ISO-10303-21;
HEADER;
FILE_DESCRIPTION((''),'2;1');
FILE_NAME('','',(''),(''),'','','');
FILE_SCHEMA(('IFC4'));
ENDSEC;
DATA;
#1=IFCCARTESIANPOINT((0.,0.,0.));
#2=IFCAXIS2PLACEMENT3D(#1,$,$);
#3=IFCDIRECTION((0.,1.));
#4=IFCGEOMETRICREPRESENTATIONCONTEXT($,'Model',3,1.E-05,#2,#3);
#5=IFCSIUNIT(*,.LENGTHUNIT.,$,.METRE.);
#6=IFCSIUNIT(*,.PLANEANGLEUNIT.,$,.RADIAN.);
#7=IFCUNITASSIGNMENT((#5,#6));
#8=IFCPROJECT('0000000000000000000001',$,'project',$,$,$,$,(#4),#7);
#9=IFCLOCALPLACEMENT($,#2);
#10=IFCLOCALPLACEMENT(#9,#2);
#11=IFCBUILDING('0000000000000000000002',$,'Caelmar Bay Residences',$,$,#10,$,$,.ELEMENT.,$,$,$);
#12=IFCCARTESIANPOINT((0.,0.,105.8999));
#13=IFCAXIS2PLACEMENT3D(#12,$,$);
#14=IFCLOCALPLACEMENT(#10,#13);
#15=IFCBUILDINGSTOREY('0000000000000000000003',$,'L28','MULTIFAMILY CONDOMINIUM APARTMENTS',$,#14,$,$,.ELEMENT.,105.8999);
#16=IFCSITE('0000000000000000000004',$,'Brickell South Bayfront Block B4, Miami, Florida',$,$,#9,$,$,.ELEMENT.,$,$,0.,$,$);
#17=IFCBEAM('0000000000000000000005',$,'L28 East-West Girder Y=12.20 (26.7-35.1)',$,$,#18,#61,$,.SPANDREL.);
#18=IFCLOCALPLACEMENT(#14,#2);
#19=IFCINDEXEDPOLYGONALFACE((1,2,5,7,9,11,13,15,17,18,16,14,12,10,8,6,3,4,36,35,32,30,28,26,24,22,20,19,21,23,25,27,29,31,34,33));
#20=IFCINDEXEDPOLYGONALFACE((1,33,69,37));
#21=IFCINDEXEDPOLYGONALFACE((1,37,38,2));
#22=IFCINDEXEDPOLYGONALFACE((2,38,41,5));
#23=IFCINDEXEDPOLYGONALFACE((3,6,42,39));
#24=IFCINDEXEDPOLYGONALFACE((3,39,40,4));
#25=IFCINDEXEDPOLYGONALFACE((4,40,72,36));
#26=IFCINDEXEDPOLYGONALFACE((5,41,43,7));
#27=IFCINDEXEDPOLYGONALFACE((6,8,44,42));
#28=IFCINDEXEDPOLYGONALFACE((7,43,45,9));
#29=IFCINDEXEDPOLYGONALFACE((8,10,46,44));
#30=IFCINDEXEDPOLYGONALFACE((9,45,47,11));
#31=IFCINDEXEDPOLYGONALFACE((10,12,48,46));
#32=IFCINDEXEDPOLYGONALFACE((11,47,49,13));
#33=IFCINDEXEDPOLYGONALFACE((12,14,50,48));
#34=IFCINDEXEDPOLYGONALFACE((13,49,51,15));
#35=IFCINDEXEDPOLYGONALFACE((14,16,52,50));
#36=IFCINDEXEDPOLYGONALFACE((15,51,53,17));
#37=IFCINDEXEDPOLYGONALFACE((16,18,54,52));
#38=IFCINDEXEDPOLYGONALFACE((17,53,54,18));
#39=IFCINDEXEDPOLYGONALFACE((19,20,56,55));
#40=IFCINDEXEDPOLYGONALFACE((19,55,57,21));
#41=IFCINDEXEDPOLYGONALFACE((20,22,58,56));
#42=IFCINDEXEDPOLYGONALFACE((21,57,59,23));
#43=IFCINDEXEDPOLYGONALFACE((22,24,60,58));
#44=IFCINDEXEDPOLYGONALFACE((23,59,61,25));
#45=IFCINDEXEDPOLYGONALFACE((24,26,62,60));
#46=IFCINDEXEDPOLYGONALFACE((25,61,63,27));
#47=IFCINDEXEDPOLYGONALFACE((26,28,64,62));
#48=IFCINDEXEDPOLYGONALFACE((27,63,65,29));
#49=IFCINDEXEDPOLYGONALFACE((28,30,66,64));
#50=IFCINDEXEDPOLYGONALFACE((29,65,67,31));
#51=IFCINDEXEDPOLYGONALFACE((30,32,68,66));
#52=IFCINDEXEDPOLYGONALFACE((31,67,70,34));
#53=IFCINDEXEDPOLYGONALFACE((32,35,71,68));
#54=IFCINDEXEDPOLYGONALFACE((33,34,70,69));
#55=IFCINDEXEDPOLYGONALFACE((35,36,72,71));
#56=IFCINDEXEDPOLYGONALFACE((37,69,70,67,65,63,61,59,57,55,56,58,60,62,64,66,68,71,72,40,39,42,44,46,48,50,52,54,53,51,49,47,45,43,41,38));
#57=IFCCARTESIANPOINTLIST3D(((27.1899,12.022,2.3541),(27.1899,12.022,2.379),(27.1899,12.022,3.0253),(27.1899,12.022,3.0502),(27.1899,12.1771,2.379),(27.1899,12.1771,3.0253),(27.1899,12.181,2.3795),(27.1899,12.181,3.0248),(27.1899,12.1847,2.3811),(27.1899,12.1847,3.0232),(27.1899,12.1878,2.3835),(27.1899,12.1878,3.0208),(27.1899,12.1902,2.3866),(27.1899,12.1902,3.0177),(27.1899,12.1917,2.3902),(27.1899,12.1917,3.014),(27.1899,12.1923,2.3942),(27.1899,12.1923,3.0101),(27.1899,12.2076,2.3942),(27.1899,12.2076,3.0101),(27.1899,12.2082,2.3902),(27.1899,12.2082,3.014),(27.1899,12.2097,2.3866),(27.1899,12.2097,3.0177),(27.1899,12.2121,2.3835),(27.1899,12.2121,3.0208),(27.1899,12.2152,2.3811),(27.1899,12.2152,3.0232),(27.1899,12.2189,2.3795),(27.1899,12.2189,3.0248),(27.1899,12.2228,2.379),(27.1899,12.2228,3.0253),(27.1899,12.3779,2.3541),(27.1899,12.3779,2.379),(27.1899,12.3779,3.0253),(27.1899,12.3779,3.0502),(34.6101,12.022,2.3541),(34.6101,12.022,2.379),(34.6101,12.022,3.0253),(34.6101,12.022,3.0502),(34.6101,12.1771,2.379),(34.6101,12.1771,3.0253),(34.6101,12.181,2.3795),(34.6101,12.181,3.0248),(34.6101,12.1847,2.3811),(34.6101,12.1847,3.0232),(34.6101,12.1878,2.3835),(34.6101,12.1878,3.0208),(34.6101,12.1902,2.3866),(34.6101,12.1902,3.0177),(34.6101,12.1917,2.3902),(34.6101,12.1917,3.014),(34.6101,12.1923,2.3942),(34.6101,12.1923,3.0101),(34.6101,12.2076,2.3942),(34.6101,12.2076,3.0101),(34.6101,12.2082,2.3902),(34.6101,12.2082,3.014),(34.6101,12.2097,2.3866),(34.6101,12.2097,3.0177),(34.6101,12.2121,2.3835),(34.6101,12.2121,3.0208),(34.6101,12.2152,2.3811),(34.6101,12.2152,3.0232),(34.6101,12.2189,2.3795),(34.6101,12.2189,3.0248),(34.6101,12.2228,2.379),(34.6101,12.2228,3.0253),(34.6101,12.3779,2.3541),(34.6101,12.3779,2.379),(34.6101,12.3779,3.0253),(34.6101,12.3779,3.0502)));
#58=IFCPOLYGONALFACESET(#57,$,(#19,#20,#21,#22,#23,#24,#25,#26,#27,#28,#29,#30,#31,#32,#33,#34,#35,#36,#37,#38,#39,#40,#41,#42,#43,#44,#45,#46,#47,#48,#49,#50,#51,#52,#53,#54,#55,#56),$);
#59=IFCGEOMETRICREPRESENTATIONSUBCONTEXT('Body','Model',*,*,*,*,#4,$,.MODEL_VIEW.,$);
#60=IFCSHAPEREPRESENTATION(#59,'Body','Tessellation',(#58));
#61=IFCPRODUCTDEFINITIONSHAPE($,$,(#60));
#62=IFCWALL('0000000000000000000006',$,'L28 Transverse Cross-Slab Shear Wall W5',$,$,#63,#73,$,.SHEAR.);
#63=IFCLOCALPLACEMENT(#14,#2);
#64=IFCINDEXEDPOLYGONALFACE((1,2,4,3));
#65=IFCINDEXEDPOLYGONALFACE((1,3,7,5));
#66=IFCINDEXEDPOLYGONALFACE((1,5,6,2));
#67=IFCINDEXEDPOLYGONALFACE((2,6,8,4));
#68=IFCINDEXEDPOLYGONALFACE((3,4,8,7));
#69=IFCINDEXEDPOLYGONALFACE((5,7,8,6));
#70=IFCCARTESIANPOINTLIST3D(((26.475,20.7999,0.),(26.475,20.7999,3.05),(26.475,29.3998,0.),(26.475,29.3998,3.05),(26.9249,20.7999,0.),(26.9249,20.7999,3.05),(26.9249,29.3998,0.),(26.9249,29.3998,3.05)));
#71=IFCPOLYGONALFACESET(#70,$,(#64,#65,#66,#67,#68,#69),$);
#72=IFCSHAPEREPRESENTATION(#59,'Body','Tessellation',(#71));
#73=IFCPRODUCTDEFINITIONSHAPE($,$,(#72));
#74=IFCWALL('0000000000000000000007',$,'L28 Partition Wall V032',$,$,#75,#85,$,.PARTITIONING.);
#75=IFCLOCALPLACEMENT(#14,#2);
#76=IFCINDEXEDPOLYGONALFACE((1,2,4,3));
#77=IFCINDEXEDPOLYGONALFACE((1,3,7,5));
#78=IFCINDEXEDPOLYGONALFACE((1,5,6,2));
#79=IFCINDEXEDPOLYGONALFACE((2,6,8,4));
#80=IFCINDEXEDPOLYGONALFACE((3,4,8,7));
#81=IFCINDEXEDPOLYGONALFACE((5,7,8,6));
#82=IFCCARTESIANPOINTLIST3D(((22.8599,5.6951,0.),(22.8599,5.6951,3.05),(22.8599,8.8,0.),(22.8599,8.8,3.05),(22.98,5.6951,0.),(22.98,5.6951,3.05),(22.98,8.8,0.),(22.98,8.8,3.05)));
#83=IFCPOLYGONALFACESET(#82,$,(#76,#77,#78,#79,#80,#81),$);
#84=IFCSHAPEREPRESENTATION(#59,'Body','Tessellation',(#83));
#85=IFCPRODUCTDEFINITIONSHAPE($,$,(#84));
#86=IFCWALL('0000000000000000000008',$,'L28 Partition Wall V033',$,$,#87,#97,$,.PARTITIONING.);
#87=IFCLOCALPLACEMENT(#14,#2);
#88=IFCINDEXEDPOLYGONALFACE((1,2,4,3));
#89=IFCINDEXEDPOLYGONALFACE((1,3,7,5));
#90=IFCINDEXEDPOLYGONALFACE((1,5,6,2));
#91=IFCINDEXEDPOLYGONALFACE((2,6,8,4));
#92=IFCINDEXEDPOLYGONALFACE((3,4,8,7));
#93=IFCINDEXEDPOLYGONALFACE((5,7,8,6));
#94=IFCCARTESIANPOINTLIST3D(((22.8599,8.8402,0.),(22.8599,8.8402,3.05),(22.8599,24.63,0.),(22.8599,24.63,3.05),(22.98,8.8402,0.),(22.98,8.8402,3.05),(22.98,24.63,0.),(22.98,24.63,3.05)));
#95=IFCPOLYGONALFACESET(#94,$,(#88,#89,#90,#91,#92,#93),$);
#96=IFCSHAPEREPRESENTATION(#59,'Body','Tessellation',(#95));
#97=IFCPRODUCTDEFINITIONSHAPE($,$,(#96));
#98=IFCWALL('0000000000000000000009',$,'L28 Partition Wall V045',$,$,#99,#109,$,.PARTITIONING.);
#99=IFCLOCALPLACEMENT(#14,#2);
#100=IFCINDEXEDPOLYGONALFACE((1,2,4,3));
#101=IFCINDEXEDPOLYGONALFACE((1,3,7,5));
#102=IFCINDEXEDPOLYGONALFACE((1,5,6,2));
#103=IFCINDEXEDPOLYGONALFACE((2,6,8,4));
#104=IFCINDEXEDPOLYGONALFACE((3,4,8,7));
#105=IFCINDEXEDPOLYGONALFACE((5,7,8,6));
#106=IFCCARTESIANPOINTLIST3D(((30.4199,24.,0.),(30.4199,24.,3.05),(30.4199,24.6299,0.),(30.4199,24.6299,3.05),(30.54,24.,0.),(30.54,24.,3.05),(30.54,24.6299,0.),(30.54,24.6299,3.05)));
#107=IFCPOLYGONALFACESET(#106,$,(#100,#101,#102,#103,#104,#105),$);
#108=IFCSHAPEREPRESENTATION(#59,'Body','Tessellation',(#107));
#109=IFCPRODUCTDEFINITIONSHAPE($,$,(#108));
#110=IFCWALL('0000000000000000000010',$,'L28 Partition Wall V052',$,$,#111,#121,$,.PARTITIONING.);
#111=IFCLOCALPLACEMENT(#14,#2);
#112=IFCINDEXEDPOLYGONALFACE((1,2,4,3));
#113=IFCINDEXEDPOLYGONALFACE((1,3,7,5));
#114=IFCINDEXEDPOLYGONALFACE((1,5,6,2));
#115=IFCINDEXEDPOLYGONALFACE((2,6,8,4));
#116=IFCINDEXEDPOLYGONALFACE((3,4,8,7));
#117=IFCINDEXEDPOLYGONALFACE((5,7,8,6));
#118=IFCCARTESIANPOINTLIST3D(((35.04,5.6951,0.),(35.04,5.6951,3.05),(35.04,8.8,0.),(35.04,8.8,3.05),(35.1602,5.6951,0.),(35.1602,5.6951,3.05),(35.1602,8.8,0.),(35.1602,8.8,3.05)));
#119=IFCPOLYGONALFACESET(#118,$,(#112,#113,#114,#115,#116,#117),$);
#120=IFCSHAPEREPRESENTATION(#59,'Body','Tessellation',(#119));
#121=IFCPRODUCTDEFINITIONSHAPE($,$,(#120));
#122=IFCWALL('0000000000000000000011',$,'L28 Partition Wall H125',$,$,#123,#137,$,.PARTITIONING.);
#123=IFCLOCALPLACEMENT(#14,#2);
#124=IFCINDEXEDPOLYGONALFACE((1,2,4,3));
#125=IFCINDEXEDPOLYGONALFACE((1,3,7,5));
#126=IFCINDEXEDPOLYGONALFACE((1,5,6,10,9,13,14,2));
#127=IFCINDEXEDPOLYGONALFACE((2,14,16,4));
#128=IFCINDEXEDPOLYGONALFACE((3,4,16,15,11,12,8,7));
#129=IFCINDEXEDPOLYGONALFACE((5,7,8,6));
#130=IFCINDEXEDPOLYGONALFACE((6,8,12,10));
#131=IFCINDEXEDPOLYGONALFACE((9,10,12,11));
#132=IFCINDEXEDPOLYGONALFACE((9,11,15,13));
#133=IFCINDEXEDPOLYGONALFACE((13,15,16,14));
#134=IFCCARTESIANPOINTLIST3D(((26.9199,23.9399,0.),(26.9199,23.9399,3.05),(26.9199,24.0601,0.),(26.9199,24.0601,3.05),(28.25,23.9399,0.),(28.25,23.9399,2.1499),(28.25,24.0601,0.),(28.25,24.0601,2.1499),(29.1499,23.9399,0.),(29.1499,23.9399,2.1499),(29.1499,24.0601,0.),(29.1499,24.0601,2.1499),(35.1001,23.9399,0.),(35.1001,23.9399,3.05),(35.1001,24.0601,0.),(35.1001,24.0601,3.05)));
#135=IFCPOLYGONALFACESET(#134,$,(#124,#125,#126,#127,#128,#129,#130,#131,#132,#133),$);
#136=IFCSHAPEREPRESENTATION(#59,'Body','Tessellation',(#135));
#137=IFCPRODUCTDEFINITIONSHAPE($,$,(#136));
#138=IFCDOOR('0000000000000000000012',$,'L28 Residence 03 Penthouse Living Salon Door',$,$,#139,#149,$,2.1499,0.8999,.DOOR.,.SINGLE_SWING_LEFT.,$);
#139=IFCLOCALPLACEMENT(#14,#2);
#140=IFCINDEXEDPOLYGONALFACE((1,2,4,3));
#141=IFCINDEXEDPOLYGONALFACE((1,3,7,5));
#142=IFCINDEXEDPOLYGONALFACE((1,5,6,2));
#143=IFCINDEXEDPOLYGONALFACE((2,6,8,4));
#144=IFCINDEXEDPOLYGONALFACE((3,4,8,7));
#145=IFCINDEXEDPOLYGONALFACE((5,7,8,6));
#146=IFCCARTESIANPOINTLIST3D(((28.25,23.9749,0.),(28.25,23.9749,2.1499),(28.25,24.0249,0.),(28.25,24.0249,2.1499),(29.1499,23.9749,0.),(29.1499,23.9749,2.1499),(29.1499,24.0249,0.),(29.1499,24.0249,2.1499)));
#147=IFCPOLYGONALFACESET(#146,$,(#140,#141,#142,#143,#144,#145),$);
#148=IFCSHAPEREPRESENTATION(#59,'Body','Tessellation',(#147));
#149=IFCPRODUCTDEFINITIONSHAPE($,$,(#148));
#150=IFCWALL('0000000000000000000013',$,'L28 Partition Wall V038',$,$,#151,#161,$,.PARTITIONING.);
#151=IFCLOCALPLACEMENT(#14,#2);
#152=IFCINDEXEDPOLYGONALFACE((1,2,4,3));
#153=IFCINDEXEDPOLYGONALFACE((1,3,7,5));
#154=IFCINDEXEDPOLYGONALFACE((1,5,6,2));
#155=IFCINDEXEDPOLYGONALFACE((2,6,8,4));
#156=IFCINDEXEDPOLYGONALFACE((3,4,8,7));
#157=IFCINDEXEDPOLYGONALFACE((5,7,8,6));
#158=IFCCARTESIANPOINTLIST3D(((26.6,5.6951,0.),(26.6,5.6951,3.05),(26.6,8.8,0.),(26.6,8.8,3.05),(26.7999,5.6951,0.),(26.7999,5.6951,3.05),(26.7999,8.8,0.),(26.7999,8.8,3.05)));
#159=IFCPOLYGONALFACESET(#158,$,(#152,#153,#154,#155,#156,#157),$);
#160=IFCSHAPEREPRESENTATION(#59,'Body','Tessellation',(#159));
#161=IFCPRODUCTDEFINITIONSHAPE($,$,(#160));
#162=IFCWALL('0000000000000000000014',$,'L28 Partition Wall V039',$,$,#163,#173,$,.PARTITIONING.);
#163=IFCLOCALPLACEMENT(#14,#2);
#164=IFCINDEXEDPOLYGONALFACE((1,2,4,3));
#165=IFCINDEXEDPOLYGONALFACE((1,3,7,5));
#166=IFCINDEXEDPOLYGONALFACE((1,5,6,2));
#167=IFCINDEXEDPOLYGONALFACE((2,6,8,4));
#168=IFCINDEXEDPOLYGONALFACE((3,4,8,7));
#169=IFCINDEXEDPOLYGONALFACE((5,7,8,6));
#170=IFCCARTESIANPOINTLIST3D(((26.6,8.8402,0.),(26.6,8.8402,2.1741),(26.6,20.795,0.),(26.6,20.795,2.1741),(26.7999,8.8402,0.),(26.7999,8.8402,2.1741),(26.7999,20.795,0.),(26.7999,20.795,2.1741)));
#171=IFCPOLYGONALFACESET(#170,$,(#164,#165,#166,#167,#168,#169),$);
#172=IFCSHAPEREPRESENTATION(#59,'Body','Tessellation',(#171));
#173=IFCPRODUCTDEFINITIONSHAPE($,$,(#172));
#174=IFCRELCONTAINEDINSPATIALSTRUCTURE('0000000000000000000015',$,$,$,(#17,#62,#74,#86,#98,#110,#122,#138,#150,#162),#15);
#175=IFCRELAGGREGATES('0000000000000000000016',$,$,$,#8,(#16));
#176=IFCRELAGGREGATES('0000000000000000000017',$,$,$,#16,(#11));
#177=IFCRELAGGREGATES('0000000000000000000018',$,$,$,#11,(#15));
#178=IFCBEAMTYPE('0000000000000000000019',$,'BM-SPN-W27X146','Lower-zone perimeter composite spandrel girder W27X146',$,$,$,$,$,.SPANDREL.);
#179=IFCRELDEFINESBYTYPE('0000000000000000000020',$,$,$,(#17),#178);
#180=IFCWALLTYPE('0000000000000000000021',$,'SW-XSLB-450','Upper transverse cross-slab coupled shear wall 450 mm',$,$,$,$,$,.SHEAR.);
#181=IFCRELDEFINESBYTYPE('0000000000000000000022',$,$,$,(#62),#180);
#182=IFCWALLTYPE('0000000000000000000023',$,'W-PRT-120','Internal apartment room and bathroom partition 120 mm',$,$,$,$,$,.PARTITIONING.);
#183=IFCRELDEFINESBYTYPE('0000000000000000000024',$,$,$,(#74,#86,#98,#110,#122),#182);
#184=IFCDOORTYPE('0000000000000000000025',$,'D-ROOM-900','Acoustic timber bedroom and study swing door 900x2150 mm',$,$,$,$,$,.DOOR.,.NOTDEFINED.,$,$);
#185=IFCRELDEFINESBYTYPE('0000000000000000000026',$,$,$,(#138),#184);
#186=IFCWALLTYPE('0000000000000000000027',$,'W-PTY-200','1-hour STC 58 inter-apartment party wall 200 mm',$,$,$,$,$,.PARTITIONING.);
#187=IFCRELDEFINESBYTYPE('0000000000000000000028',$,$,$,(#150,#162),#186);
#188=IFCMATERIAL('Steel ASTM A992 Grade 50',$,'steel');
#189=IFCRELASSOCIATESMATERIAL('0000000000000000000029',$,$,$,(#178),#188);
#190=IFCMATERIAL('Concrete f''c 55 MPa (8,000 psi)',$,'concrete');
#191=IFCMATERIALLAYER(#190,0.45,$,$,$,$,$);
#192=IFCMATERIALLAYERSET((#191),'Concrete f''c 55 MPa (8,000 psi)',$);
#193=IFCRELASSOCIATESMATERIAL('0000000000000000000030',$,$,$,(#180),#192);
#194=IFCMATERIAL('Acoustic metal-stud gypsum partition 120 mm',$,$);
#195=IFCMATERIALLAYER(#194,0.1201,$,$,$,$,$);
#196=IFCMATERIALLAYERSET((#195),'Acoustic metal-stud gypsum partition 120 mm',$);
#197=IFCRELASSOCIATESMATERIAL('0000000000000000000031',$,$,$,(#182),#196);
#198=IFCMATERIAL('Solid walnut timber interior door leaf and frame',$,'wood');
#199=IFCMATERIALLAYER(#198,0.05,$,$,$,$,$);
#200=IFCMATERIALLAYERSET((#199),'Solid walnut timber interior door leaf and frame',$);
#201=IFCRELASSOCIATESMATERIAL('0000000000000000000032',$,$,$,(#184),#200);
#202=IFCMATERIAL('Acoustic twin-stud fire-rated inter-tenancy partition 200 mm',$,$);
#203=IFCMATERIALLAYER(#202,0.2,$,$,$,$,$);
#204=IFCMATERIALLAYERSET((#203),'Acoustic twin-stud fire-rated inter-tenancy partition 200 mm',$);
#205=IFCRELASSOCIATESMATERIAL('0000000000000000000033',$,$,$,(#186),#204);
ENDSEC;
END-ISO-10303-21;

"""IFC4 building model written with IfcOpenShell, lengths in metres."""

from ifc_helpers import new_model, si_unit, direction, frame, frame_2d, origin, origin_2d, place, context, subcontext, project, spatial, rectangle, i_section, extrude, material, layer, layer_set, material_profile, profile_set, type_object, element, fill, save


model = new_model("IFC4")

# Units and contexts
model_context = context("Model", 3, precision=1e-05, world=origin(), true_north=direction((0.0, 1.0)))
body_context = subcontext(model_context, "Body", "Model", "MODEL_VIEW")
ifc_project = project(units=[si_unit("LENGTHUNIT", "METRE"), si_unit("PLANEANGLEUNIT", "RADIAN")], contexts=[model_context])

# Site, building, storey
site_placement = place(None, origin())
site = spatial("IfcSite", under=ifc_project, at=site_placement, Name="Brickell South Bayfront Block B4, Miami, Florida", CompositionType="ELEMENT", RefElevation=0.0)
building_placement = place(site_placement, origin())
building = spatial("IfcBuilding", under=site, at=building_placement, Name="Caelmar Bay Residences", CompositionType="ELEMENT")
storey_placement = place(building_placement, frame((0.0, 0.0, 105.8999)))
storey = spatial("IfcBuildingStorey", under=building, at=storey_placement, Name="L28", Description="MULTIFAMILY CONDOMINIUM APARTMENTS", CompositionType="ELEMENT", Elevation=105.8999)

# Beam
ifc_material_1 = material(Name="Steel ASTM A992 Grade 50", Category="steel")
ifc_material_profile_1 = material_profile(ifc_material_1, i_section(OverallWidth=0.356, OverallDepth=0.696, WebThickness=0.0154, FlangeThickness=0.0249, FilletRadius=0.0151, at=origin_2d()), Name="W27X146")
ifc_profile_set_1 = profile_set([ifc_material_profile_1], Name="Steel ASTM A992 Grade 50")
beam_type_1 = type_object("IfcBeamType", Name="BM-SPN-W27X146", Description="Lower-zone perimeter composite spandrel girder W27X146", PredefinedType="SPANDREL", material=ifc_profile_set_1)
beam_1_placement = place(storey_placement, frame((27.1899, 12.2, 2.7021), z_axis=(1.0, 0.0, 0.0), x_axis=(0.0, 1.0, 0.0)))
element("IfcBeam", 1, at=beam_1_placement, inside=storey, type_object=beam_type_1, Name="L28 East-West Girder Y=12.20 (26.7-35.1)", PredefinedType="SPANDREL", context=body_context, shape_type="SweptSolid", body=[
    extrude(i_section(OverallWidth=0.356, OverallDepth=0.696, WebThickness=0.0154, FlangeThickness=0.0249, FilletRadius=0.0151, at=origin_2d()), origin(), (0.0, 0.0, 1.0), 7.4202),
])

# Walls
ifc_material_2 = material(Name="Concrete f'c 55 MPa (8,000 psi)", Category="concrete")
ifc_layer_1 = layer(ifc_material_2, 0.45)
ifc_layer_set_1 = layer_set([ifc_layer_1], Name="Concrete f'c 55 MPa (8,000 psi)")
wall_type_1 = type_object("IfcWallType", Name="SW-XSLB-450", Description="Upper transverse cross-slab coupled shear wall 450 mm", PredefinedType="SHEAR", material=ifc_layer_set_1)
wall_1_placement = place(storey_placement, frame((26.7, 20.8, 0.0), z_axis=(0.0, 0.0, 1.0), x_axis=(0.0, 1.0, 0.0)))
element("IfcWall", 2, at=wall_1_placement, inside=storey, type_object=wall_type_1, Name="L28 Transverse Cross-Slab Shear Wall W5", PredefinedType="SHEAR", context=body_context, shape_type="SweptSolid", body=[
    extrude(rectangle(XDim=8.5999, YDim=0.45, at=frame_2d((4.2998, 0.0))), origin(), (0.0, 0.0, 1.0), 3.05),
])
ifc_material_3 = material(Name="Acoustic metal-stud gypsum partition 120 mm")
ifc_layer_2 = layer(ifc_material_3, 0.1201)
ifc_layer_set_2 = layer_set([ifc_layer_2], Name="Acoustic metal-stud gypsum partition 120 mm")
wall_type_2 = type_object("IfcWallType", Name="W-PRT-120", Description="Internal apartment room and bathroom partition 120 mm", PredefinedType="PARTITIONING", material=ifc_layer_set_2)
wall_2_placement = place(storey_placement, frame((22.9199, 5.6951, 0.0), z_axis=(0.0, 0.0, 1.0), x_axis=(0.0, 1.0, 0.0)))
element("IfcWall", 3, at=wall_2_placement, inside=storey, type_object=wall_type_2, Name="L28 Partition Wall V032", PredefinedType="PARTITIONING", context=body_context, shape_type="SweptSolid", body=[
    extrude(rectangle(XDim=3.105, YDim=0.1201, at=frame_2d((1.5525, 0.0))), origin(), (0.0, 0.0, 1.0), 3.05),
])
wall_3_placement = place(storey_placement, frame((22.9199, 8.8401, 0.0), z_axis=(0.0, 0.0, 1.0), x_axis=(0.0, 1.0, 0.0)))
element("IfcWall", 4, at=wall_3_placement, inside=storey, type_object=wall_type_2, Name="L28 Partition Wall V033", PredefinedType="PARTITIONING", context=body_context, shape_type="SweptSolid", body=[
    extrude(rectangle(XDim=15.7898, YDim=0.1201, at=frame_2d((7.895, 0.0))), origin(), (0.0, 0.0, 1.0), 3.05),
])
wall_4_placement = place(storey_placement, frame((30.48, 24.0, 0.0), z_axis=(0.0, 0.0, 1.0), x_axis=(0.0, 1.0, 0.0)))
element("IfcWall", 5, at=wall_4_placement, inside=storey, type_object=wall_type_2, Name="L28 Partition Wall V045", PredefinedType="PARTITIONING", context=body_context, shape_type="SweptSolid", body=[
    extrude(rectangle(XDim=0.6299, YDim=0.1201, at=frame_2d((0.3149, 0.0))), origin(), (0.0, 0.0, 1.0), 3.05),
])
wall_5_placement = place(storey_placement, frame((35.1001, 5.6951, 0.0), z_axis=(0.0, 0.0, 1.0), x_axis=(0.0, 1.0, 0.0)))
element("IfcWall", 6, at=wall_5_placement, inside=storey, type_object=wall_type_2, Name="L28 Partition Wall V052", PredefinedType="PARTITIONING", context=body_context, shape_type="SweptSolid", body=[
    extrude(rectangle(XDim=3.105, YDim=0.1201, at=frame_2d((1.5525, 0.0))), origin(), (0.0, 0.0, 1.0), 3.05),
])

# Wall, opening, door
ifc_material_4 = material(Name="Solid walnut timber interior door leaf and frame", Category="wood")
ifc_layer_3 = layer(ifc_material_4, 0.05)
ifc_layer_set_3 = layer_set([ifc_layer_3], Name="Solid walnut timber interior door leaf and frame")
door_type = type_object("IfcDoorType", Name="D-ROOM-900", Description="Acoustic timber bedroom and study swing door 900x2150 mm", OperationType="NOTDEFINED", PredefinedType="DOOR", material=ifc_layer_set_3)
wall_6_placement = place(storey_placement, frame((26.9199, 24.0, 0.0), z_axis=(0.0, 0.0, 1.0), x_axis=(1.0, 0.0, 0.0)))
wall_6 = element("IfcWall", 7, at=wall_6_placement, inside=storey, type_object=wall_type_2, Name="L28 Partition Wall H125", PredefinedType="PARTITIONING", context=body_context, shape_type="SweptSolid", body=[
    extrude(rectangle(XDim=8.1802, YDim=0.1201, at=frame_2d((4.0901, 0.0))), origin(), (0.0, 0.0, 1.0), 3.05),
])
opening_1_placement = place(wall_6_placement, frame((1.3301, 0.0, 0.0)))
opening_1 = element("IfcOpeningElement", 8, at=opening_1_placement, cuts=wall_6, PredefinedType="OPENING", context=body_context, shape_type="SweptSolid", body=[
    extrude(rectangle(XDim=0.8999, YDim=2.1499, at=frame_2d((0.45, 1.075))), frame((0.0, 0.0701, 0.0), z_axis=(0.0, -1.0, 0.0), x_axis=(1.0, 0.0, 0.0)), (0.0, 0.0, 1.0), 0.1401),
])
door_1_placement = place(opening_1_placement, origin())
door_1 = element("IfcDoor", 9, at=door_1_placement, inside=storey, type_object=door_type, Name="L28 Residence 03 Penthouse Living Salon Door", OperationType="SINGLE_SWING_LEFT", OverallHeight=2.1499, OverallWidth=0.8999, PredefinedType="DOOR", context=body_context, shape_type="SweptSolid", body=[
    extrude(rectangle(XDim=0.8999, YDim=2.1499, at=frame_2d((0.45, 1.075))), frame((0.0, 0.0249, 0.0), z_axis=(0.0, -1.0, 0.0), x_axis=(1.0, 0.0, 0.0)), (0.0, 0.0, 1.0), 0.05),
])
fill(opening_1, door_1)

# Walls
ifc_material_5 = material(Name="Acoustic twin-stud fire-rated inter-tenancy partition 200 mm")
ifc_layer_4 = layer(ifc_material_5, 0.2)
ifc_layer_set_4 = layer_set([ifc_layer_4], Name="Acoustic twin-stud fire-rated inter-tenancy partition 200 mm")
wall_type_3 = type_object("IfcWallType", Name="W-PTY-200", Description="1-hour STC 58 inter-apartment party wall 200 mm", PredefinedType="PARTITIONING", material=ifc_layer_set_4)
wall_7_placement = place(storey_placement, frame((26.7, 5.6951, 0.0), z_axis=(0.0, 0.0, 1.0), x_axis=(0.0, 1.0, 0.0)))
element("IfcWall", 10, at=wall_7_placement, inside=storey, type_object=wall_type_3, Name="L28 Partition Wall V038", PredefinedType="PARTITIONING", context=body_context, shape_type="SweptSolid", body=[
    extrude(rectangle(XDim=3.105, YDim=0.2, at=frame_2d((1.5525, 0.0))), origin(), (0.0, 0.0, 1.0), 3.05),
])
wall_8_placement = place(storey_placement, frame((26.7, 8.8401, 0.0), z_axis=(0.0, 0.0, 1.0), x_axis=(0.0, 1.0, 0.0)))
element("IfcWall", 11, at=wall_8_placement, inside=storey, type_object=wall_type_3, Name="L28 Partition Wall V039", PredefinedType="PARTITIONING", context=body_context, shape_type="SweptSolid", body=[
    extrude(rectangle(XDim=11.9548, YDim=0.2, at=frame_2d((5.9775, 0.0))), origin(), (0.0, 0.0, 1.0), 2.1741),
])

save(model, "model.ifc")
